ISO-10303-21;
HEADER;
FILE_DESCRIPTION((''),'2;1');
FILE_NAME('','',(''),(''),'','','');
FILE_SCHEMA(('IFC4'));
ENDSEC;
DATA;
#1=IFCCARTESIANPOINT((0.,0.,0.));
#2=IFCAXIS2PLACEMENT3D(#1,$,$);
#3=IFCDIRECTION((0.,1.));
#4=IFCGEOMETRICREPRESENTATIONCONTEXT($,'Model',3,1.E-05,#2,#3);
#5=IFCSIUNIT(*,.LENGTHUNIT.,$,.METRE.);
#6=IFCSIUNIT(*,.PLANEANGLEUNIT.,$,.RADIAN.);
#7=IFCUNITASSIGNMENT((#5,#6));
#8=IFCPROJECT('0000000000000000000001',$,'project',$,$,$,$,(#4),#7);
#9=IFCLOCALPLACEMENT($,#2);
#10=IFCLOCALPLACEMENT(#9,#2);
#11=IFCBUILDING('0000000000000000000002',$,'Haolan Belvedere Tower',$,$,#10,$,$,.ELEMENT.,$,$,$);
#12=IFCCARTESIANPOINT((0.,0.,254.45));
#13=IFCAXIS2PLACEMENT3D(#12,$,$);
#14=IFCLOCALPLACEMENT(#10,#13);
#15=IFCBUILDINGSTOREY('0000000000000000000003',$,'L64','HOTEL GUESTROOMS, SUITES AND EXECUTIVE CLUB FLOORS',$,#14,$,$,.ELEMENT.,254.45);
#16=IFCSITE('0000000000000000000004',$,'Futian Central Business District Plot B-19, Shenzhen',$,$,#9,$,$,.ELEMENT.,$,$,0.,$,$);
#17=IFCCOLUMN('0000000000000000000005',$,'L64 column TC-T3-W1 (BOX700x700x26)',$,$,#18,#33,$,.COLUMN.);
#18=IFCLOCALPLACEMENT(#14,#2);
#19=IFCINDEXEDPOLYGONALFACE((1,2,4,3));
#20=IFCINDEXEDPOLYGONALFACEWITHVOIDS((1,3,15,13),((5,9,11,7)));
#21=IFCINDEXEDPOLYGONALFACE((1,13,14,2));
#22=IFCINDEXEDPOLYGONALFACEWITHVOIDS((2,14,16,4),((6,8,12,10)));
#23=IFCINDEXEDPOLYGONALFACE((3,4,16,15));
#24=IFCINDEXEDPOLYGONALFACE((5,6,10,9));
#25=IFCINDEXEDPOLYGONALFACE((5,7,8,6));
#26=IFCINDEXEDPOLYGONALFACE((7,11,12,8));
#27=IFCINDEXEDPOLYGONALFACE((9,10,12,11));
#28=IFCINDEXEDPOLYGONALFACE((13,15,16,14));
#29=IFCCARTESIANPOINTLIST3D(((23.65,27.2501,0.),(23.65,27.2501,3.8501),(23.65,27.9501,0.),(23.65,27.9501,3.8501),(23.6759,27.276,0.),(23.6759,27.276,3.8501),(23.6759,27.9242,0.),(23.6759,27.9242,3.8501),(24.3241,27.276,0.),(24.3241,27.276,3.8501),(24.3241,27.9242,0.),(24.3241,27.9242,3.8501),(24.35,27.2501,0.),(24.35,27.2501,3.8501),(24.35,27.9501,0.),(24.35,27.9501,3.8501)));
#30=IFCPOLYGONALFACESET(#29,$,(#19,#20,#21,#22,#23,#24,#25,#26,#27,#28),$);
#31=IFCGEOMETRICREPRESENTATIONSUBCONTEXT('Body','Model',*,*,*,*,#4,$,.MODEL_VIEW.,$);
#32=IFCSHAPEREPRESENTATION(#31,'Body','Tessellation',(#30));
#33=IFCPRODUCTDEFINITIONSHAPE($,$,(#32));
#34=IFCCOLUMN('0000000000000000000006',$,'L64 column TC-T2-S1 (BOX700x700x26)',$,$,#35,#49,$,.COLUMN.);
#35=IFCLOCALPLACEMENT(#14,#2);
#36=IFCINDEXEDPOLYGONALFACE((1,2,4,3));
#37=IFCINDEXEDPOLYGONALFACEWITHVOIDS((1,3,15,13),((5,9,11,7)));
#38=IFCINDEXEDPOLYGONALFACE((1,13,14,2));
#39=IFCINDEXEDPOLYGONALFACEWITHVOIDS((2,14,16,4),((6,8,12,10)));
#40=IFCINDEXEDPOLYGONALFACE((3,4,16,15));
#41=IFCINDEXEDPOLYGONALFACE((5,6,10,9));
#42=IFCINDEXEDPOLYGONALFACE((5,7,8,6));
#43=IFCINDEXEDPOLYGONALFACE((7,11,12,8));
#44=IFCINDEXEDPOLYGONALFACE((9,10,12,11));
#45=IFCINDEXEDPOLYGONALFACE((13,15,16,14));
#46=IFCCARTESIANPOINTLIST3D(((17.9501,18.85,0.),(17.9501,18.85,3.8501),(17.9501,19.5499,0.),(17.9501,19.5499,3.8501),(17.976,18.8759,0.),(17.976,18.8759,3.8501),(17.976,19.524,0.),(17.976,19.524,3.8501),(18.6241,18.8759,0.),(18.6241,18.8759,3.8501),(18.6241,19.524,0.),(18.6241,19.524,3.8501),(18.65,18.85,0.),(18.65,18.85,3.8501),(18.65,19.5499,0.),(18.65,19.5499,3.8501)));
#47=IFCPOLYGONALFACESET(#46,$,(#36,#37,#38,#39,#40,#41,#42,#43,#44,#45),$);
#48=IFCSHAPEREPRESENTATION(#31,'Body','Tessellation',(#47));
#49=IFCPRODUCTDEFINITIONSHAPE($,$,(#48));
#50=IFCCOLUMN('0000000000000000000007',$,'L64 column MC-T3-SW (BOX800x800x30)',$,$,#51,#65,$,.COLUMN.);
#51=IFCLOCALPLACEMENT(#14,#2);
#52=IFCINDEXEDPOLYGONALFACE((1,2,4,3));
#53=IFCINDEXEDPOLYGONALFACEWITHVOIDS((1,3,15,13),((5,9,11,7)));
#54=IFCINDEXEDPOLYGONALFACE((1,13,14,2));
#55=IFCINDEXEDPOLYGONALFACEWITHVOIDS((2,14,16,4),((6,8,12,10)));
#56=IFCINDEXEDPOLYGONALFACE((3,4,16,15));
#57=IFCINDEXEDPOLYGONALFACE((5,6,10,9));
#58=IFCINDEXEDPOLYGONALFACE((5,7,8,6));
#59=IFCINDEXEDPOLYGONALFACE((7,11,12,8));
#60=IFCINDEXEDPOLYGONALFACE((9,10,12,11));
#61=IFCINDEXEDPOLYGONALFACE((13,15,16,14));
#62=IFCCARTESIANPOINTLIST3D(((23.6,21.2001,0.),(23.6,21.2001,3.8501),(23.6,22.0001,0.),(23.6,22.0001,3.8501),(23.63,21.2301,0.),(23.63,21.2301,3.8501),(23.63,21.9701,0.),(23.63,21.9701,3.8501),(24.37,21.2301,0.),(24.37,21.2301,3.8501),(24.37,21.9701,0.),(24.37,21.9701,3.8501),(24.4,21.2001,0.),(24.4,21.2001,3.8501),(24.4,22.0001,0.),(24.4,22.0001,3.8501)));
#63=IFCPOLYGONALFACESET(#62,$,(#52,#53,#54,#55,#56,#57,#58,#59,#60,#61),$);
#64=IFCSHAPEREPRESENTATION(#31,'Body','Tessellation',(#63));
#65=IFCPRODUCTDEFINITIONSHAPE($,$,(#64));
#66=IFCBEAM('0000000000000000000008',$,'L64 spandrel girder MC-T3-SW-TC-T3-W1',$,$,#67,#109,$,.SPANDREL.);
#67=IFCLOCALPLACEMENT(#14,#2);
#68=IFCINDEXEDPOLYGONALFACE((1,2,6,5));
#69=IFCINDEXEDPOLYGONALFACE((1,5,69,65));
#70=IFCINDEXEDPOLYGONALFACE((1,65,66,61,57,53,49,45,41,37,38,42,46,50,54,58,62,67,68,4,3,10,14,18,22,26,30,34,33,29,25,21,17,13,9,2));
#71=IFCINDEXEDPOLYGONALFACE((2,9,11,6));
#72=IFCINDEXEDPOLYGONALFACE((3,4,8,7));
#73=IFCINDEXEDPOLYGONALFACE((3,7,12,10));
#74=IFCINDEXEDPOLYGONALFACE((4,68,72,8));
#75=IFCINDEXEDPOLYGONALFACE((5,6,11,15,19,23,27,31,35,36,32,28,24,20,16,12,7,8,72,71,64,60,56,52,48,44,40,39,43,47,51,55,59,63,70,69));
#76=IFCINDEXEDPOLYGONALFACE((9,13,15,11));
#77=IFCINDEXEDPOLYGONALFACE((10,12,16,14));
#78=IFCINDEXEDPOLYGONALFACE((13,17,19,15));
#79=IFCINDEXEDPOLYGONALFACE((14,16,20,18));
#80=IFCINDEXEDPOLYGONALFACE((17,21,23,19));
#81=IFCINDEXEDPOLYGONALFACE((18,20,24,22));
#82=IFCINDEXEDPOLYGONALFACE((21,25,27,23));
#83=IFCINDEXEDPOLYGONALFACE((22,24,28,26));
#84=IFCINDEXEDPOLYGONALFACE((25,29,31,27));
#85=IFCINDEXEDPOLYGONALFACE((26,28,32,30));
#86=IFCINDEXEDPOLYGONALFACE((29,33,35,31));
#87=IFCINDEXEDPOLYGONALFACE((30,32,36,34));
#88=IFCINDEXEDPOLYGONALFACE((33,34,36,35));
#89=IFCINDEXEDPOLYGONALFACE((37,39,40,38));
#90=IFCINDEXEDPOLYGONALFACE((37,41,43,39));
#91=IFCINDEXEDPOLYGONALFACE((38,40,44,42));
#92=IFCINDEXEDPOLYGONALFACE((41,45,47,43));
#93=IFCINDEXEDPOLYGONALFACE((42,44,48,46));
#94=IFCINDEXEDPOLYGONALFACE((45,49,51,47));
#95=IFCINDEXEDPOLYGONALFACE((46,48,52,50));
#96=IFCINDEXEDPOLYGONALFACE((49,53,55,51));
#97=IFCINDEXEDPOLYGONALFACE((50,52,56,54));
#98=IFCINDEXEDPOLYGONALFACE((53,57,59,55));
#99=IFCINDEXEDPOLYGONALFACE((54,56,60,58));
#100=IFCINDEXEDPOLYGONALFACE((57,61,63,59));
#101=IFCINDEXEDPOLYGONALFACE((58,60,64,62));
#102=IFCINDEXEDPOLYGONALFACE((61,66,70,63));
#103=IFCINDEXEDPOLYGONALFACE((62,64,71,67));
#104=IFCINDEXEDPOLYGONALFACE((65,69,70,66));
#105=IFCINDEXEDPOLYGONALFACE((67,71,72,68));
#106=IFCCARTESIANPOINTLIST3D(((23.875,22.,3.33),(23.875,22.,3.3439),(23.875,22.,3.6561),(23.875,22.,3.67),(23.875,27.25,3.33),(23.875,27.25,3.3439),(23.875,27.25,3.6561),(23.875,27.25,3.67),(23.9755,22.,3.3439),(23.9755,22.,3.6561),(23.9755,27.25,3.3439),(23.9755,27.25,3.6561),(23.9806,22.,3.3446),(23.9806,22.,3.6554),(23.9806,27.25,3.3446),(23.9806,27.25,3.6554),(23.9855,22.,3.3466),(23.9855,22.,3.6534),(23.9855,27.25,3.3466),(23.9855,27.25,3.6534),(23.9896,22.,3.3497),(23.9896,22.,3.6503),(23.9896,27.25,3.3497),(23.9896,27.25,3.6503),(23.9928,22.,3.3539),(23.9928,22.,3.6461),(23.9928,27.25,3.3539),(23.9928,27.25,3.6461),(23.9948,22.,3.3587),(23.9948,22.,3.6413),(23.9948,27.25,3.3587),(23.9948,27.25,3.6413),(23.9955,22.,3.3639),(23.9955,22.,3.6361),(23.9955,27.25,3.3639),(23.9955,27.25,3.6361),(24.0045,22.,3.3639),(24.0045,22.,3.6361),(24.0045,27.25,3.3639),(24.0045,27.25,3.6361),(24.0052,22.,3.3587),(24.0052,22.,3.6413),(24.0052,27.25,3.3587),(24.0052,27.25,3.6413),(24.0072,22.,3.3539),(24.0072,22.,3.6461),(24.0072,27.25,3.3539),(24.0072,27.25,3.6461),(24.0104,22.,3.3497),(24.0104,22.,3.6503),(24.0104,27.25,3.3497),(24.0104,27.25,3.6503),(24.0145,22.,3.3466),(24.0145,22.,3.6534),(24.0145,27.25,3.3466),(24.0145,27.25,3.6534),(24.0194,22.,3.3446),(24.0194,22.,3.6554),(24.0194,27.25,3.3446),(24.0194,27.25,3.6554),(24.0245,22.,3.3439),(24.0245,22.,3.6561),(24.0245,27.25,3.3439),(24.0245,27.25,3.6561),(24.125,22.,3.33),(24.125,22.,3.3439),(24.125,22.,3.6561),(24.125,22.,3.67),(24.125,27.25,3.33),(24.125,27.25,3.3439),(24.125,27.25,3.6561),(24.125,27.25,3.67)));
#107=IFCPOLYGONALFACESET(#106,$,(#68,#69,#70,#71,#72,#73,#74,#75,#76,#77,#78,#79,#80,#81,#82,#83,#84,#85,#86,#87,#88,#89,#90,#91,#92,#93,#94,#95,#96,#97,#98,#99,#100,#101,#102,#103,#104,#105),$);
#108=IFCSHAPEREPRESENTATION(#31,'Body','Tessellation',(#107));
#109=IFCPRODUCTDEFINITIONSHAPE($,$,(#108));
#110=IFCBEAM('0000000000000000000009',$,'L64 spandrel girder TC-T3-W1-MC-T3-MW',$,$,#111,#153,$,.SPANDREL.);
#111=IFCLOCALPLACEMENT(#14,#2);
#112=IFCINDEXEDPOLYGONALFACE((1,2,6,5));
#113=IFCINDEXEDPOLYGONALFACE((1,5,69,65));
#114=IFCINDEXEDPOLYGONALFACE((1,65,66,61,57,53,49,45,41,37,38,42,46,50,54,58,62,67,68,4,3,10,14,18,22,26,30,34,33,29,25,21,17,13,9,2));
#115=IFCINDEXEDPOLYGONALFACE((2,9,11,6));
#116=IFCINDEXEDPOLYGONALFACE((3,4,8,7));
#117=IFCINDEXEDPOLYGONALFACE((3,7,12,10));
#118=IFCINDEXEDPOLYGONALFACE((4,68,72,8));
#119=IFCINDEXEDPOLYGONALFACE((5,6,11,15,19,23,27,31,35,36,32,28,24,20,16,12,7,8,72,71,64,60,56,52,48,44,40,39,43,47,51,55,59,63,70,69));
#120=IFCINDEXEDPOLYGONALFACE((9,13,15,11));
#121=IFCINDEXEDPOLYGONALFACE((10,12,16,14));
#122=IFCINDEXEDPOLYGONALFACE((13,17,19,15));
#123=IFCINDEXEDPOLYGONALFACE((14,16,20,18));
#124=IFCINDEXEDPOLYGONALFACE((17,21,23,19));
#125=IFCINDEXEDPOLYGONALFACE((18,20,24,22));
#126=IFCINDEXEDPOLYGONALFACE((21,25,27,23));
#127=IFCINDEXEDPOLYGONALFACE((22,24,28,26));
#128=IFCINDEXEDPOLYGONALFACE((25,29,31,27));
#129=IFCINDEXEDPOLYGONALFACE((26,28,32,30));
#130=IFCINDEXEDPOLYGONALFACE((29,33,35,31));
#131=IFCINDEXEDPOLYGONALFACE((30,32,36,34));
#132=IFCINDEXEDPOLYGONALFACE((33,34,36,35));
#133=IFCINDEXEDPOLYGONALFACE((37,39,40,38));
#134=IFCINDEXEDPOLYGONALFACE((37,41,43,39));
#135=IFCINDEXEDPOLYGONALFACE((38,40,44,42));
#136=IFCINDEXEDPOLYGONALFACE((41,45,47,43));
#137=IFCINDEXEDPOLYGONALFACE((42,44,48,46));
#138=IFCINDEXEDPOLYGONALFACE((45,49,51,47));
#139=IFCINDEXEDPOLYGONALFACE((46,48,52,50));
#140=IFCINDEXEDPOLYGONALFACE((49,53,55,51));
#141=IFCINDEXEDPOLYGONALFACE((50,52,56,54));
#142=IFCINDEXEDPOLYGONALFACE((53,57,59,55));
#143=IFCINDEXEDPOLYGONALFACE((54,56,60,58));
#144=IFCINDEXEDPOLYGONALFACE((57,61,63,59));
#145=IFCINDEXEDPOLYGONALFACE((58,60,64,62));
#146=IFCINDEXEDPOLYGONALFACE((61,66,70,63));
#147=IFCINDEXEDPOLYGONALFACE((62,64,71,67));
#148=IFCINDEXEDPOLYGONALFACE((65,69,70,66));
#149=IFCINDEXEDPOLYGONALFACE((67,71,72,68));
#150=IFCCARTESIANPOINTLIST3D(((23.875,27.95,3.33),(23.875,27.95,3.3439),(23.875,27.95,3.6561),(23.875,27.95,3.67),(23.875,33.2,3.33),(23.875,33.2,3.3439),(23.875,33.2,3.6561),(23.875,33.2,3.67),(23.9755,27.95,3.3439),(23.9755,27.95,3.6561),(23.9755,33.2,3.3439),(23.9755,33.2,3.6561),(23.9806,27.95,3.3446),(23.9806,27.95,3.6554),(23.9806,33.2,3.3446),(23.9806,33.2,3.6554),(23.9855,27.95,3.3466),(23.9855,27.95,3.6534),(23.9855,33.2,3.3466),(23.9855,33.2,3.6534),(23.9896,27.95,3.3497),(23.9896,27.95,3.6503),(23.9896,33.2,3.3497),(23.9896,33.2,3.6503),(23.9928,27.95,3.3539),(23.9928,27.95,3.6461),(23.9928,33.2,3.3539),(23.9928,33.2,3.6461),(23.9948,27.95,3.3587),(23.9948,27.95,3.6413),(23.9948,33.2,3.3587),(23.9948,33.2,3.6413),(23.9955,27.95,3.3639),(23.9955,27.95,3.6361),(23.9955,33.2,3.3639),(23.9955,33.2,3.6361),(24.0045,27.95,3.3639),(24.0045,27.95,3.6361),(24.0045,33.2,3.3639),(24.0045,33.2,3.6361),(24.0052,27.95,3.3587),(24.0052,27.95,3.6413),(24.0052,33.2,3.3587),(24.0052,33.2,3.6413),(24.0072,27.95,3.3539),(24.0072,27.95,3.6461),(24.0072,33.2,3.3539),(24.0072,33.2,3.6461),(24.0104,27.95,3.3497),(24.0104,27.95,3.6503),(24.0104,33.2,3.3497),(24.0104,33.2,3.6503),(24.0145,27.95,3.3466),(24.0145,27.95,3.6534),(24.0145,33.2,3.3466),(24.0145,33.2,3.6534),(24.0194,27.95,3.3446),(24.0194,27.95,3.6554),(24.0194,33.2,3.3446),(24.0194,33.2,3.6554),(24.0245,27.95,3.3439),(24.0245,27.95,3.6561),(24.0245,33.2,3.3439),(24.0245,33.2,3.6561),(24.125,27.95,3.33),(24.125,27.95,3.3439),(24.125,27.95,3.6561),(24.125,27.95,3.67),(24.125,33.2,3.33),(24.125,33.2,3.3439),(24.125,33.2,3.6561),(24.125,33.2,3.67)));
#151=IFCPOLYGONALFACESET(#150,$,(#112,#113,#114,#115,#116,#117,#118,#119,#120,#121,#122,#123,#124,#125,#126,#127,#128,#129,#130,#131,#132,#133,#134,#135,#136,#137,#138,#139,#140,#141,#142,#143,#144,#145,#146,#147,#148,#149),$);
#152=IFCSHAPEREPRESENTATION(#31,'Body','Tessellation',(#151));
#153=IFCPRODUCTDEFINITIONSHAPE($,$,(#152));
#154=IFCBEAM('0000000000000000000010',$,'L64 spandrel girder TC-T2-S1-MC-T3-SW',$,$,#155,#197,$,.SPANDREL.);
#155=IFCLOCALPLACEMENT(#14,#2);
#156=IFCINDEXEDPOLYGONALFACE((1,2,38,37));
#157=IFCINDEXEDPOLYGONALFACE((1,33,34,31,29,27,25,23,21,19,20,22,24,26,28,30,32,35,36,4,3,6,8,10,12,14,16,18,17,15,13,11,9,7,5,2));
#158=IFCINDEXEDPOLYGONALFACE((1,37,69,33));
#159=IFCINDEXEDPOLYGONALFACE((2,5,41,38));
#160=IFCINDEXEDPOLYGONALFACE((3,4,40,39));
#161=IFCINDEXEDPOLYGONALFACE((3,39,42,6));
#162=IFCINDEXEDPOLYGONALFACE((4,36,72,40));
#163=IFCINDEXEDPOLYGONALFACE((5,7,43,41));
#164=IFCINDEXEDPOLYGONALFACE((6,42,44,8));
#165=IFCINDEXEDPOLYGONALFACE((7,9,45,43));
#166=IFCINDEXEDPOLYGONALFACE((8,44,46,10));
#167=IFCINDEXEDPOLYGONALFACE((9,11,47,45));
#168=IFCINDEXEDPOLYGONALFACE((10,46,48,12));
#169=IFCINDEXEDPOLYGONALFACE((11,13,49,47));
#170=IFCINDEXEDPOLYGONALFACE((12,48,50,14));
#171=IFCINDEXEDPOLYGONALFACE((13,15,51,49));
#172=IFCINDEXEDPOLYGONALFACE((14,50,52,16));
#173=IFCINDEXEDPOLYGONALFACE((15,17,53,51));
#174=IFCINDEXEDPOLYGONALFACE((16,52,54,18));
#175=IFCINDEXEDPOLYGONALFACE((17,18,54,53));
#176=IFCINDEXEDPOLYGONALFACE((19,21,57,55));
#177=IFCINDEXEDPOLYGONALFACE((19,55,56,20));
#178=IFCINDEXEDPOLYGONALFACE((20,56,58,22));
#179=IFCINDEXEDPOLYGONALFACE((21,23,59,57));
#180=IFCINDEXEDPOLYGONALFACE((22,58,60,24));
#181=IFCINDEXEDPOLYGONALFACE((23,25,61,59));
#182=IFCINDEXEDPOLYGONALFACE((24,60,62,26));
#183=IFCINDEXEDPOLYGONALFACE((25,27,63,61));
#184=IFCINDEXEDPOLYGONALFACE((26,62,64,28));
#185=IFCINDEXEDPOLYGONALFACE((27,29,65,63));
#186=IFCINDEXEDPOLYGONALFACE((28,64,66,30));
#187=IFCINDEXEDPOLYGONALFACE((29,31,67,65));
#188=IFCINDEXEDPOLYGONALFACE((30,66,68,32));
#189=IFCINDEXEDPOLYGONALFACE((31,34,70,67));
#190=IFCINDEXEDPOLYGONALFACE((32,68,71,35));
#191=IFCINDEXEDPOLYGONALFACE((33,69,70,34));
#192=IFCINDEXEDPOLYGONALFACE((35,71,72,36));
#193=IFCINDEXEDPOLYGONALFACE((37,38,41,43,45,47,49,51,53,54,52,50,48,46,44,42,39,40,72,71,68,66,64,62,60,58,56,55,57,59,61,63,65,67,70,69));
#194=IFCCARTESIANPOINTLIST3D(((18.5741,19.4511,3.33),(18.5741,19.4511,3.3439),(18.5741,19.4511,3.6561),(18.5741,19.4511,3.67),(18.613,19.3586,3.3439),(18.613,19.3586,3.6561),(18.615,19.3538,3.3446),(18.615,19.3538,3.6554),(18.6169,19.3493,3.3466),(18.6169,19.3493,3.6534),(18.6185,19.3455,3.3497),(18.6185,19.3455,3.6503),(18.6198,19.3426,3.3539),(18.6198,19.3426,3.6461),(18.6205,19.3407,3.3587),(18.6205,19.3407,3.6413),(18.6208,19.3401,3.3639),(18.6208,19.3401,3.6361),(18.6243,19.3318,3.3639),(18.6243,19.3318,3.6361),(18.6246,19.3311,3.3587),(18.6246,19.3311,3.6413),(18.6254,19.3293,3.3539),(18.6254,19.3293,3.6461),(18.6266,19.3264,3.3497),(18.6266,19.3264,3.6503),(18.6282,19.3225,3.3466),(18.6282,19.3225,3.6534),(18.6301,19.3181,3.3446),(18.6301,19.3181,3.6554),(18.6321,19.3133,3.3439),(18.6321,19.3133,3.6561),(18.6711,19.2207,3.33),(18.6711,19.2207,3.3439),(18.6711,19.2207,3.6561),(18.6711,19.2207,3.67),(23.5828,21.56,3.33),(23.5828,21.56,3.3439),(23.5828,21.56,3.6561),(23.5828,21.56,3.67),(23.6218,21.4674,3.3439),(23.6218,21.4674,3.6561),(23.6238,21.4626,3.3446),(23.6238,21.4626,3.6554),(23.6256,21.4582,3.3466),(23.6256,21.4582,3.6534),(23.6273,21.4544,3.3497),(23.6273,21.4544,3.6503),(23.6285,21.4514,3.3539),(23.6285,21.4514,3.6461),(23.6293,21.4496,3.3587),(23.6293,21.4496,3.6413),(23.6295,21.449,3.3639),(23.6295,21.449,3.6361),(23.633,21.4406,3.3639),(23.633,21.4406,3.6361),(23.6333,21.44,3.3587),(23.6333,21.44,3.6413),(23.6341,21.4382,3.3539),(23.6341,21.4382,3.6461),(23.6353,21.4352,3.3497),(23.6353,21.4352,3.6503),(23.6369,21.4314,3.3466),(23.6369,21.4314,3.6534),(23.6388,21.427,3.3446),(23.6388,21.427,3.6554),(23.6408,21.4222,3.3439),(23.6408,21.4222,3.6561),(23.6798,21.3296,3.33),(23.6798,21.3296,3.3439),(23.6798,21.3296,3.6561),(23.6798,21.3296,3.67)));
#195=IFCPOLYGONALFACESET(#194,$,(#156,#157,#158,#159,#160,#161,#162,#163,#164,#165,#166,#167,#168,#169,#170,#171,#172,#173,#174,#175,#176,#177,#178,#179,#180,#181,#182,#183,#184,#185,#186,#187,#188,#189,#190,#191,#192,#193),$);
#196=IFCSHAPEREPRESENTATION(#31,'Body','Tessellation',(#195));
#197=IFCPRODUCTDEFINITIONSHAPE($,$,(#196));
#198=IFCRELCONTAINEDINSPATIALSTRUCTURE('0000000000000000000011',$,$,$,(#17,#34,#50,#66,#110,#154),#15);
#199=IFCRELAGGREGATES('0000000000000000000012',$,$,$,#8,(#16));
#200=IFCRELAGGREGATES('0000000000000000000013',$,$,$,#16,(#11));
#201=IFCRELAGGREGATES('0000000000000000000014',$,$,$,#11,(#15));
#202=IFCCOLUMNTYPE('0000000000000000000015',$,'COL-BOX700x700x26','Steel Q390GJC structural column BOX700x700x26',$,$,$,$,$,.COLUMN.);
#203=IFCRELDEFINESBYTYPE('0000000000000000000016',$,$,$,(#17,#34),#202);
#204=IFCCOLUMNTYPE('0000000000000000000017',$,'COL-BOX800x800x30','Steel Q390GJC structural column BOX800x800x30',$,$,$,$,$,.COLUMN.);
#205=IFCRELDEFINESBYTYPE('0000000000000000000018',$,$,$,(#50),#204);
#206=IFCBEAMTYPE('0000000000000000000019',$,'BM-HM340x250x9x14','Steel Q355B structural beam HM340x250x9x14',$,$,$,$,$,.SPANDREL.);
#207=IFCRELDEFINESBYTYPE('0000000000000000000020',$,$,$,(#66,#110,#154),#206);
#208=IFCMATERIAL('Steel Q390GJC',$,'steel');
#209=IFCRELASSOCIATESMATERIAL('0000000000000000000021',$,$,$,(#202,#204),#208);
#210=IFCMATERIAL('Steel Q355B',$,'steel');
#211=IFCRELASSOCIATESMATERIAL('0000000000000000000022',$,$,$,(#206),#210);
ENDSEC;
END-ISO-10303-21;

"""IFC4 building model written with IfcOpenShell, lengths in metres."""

from ifc_helpers import new_model, si_unit, direction, frame, origin, origin_2d, place, context, subcontext, project, spatial, hollow_rectangle, i_section, extrude, material, material_profile, profile_set, type_object, element, save


model = new_model("IFC4")

# Units and contexts
model_context = context("Model", 3, precision=1e-05, world=origin(), true_north=direction((0.0, 1.0)))
body_context = subcontext(model_context, "Body", "Model", "MODEL_VIEW")
ifc_project = project(units=[si_unit("LENGTHUNIT", "METRE"), si_unit("PLANEANGLEUNIT", "RADIAN")], contexts=[model_context])

# Site, building, storey
site_placement = place(None, origin())
site = spatial("IfcSite", under=ifc_project, at=site_placement, Name="Futian Central Business District Plot B-19, Shenzhen", CompositionType="ELEMENT", RefElevation=0.0)
building_placement = place(site_placement, origin())
building = spatial("IfcBuilding", under=site, at=building_placement, Name="Haolan Belvedere Tower", CompositionType="ELEMENT")
storey_placement = place(building_placement, frame((0.0, 0.0, 254.45)))
storey = spatial("IfcBuildingStorey", under=building, at=storey_placement, Name="L64", Description="HOTEL GUESTROOMS, SUITES AND EXECUTIVE CLUB FLOORS", CompositionType="ELEMENT", Elevation=254.45)

# Columns
ifc_material_1 = material(Name="Steel Q390GJC", Category="steel")
ifc_material_profile_1 = material_profile(ifc_material_1, hollow_rectangle(XDim=0.7, YDim=0.7, WallThickness=0.0259, at=origin_2d()), Name="Steel Q390GJC")
ifc_profile_set_1 = profile_set([ifc_material_profile_1], Name="Steel Q390GJC")
column_type_1 = type_object("IfcColumnType", Name="COL-BOX700x700x26", Description="Steel Q390GJC structural column BOX700x700x26", PredefinedType="COLUMN", material=ifc_profile_set_1)
for number, where, z_axis, x_axis, name in (
    (1, (24.0, 27.6001, 0.0), (0.0, 0.0, 1.0), (1.0, 0.0, 0.0), "L64 column TC-T3-W1 (BOX700x700x26)"),
    (2, (18.3, 19.2, 0.0), (0.0, 0.0, 1.0), (1.0, 0.0, 0.0), "L64 column TC-T2-S1 (BOX700x700x26)"),
):
    element("IfcColumn", number, at=place(storey_placement, frame(where, z_axis=z_axis, x_axis=x_axis)), inside=storey, type_object=column_type_1, Name=name, PredefinedType="COLUMN", context=body_context, shape_type="SweptSolid", body=[
        extrude(hollow_rectangle(XDim=0.7, YDim=0.7, WallThickness=0.0259, at=origin_2d()), origin(), (0.0, 0.0, 1.0), 3.8501),
    ])
ifc_material_profile_2 = material_profile(ifc_material_1, hollow_rectangle(XDim=0.8, YDim=0.8, WallThickness=0.03, at=origin_2d()), Name="Steel Q390GJC")
ifc_profile_set_2 = profile_set([ifc_material_profile_2], Name="Steel Q390GJC")
column_type_2 = type_object("IfcColumnType", Name="COL-BOX800x800x30", Description="Steel Q390GJC structural column BOX800x800x30", PredefinedType="COLUMN", material=ifc_profile_set_2)
column_placement = place(storey_placement, frame((24.0, 21.6001, 0.0), z_axis=(0.0, 0.0, 1.0), x_axis=(1.0, 0.0, 0.0)))
element("IfcColumn", 3, at=column_placement, inside=storey, type_object=column_type_2, Name="L64 column MC-T3-SW (BOX800x800x30)", PredefinedType="COLUMN", context=body_context, shape_type="SweptSolid", body=[
    extrude(hollow_rectangle(XDim=0.8, YDim=0.8, WallThickness=0.03, at=origin_2d()), origin(), (0.0, 0.0, 1.0), 3.8501),
])

# Beams
ifc_material_2 = material(Name="Steel Q355B", Category="steel")
ifc_material_profile_3 = material_profile(ifc_material_2, i_section(OverallWidth=0.25, OverallDepth=0.3401, WebThickness=0.009, FlangeThickness=0.0139, FilletRadius=0.02, at=origin_2d()), Name="Steel Q355B")
ifc_profile_set_3 = profile_set([ifc_material_profile_3], Name="Steel Q355B")
beam_type = type_object("IfcBeamType", Name="BM-HM340x250x9x14", Description="Steel Q355B structural beam HM340x250x9x14", PredefinedType="SPANDREL", material=ifc_profile_set_3)
for number, where, z_axis, x_axis, name in (
    (4, (24.0, 22.0, 3.5), (0.0, 1.0, 0.0), (-1.0, 0.0, 0.0), "L64 spandrel girder MC-T3-SW-TC-T3-W1"),
    (5, (24.0, 27.95, 3.5), (0.0, 1.0, 0.0), (-1.0, 0.0, 0.0), "L64 spandrel girder TC-T3-W1-MC-T3-MW"),
):
    element("IfcBeam", number, at=place(storey_placement, frame(where, z_axis=z_axis, x_axis=x_axis)), inside=storey, type_object=beam_type, Name=name, PredefinedType="SPANDREL", context=body_context, shape_type="SweptSolid", body=[
        extrude(i_section(OverallWidth=0.25, OverallDepth=0.3401, WebThickness=0.009, FlangeThickness=0.0139, FilletRadius=0.02, at=origin_2d()), origin(), (0.0, 0.0, 1.0), 5.25),
    ])
beam_placement = place(storey_placement, frame((18.6226, 19.3359, 3.5), z_axis=(0.92164, 0.388045, 0.0), x_axis=(-0.388045, 0.92164, 0.0)))
element("IfcBeam", 6, at=beam_placement, inside=storey, type_object=beam_type, Name="L64 spandrel girder TC-T2-S1-MC-T3-SW", PredefinedType="SPANDREL", context=body_context, shape_type="SweptSolid", body=[
    extrude(i_section(OverallWidth=0.25, OverallDepth=0.3401, WebThickness=0.009, FlangeThickness=0.0139, FilletRadius=0.02, at=origin_2d()), origin(), (0.0, 0.0, 1.0), 5.4346),
])

save(model, "model.ifc")
